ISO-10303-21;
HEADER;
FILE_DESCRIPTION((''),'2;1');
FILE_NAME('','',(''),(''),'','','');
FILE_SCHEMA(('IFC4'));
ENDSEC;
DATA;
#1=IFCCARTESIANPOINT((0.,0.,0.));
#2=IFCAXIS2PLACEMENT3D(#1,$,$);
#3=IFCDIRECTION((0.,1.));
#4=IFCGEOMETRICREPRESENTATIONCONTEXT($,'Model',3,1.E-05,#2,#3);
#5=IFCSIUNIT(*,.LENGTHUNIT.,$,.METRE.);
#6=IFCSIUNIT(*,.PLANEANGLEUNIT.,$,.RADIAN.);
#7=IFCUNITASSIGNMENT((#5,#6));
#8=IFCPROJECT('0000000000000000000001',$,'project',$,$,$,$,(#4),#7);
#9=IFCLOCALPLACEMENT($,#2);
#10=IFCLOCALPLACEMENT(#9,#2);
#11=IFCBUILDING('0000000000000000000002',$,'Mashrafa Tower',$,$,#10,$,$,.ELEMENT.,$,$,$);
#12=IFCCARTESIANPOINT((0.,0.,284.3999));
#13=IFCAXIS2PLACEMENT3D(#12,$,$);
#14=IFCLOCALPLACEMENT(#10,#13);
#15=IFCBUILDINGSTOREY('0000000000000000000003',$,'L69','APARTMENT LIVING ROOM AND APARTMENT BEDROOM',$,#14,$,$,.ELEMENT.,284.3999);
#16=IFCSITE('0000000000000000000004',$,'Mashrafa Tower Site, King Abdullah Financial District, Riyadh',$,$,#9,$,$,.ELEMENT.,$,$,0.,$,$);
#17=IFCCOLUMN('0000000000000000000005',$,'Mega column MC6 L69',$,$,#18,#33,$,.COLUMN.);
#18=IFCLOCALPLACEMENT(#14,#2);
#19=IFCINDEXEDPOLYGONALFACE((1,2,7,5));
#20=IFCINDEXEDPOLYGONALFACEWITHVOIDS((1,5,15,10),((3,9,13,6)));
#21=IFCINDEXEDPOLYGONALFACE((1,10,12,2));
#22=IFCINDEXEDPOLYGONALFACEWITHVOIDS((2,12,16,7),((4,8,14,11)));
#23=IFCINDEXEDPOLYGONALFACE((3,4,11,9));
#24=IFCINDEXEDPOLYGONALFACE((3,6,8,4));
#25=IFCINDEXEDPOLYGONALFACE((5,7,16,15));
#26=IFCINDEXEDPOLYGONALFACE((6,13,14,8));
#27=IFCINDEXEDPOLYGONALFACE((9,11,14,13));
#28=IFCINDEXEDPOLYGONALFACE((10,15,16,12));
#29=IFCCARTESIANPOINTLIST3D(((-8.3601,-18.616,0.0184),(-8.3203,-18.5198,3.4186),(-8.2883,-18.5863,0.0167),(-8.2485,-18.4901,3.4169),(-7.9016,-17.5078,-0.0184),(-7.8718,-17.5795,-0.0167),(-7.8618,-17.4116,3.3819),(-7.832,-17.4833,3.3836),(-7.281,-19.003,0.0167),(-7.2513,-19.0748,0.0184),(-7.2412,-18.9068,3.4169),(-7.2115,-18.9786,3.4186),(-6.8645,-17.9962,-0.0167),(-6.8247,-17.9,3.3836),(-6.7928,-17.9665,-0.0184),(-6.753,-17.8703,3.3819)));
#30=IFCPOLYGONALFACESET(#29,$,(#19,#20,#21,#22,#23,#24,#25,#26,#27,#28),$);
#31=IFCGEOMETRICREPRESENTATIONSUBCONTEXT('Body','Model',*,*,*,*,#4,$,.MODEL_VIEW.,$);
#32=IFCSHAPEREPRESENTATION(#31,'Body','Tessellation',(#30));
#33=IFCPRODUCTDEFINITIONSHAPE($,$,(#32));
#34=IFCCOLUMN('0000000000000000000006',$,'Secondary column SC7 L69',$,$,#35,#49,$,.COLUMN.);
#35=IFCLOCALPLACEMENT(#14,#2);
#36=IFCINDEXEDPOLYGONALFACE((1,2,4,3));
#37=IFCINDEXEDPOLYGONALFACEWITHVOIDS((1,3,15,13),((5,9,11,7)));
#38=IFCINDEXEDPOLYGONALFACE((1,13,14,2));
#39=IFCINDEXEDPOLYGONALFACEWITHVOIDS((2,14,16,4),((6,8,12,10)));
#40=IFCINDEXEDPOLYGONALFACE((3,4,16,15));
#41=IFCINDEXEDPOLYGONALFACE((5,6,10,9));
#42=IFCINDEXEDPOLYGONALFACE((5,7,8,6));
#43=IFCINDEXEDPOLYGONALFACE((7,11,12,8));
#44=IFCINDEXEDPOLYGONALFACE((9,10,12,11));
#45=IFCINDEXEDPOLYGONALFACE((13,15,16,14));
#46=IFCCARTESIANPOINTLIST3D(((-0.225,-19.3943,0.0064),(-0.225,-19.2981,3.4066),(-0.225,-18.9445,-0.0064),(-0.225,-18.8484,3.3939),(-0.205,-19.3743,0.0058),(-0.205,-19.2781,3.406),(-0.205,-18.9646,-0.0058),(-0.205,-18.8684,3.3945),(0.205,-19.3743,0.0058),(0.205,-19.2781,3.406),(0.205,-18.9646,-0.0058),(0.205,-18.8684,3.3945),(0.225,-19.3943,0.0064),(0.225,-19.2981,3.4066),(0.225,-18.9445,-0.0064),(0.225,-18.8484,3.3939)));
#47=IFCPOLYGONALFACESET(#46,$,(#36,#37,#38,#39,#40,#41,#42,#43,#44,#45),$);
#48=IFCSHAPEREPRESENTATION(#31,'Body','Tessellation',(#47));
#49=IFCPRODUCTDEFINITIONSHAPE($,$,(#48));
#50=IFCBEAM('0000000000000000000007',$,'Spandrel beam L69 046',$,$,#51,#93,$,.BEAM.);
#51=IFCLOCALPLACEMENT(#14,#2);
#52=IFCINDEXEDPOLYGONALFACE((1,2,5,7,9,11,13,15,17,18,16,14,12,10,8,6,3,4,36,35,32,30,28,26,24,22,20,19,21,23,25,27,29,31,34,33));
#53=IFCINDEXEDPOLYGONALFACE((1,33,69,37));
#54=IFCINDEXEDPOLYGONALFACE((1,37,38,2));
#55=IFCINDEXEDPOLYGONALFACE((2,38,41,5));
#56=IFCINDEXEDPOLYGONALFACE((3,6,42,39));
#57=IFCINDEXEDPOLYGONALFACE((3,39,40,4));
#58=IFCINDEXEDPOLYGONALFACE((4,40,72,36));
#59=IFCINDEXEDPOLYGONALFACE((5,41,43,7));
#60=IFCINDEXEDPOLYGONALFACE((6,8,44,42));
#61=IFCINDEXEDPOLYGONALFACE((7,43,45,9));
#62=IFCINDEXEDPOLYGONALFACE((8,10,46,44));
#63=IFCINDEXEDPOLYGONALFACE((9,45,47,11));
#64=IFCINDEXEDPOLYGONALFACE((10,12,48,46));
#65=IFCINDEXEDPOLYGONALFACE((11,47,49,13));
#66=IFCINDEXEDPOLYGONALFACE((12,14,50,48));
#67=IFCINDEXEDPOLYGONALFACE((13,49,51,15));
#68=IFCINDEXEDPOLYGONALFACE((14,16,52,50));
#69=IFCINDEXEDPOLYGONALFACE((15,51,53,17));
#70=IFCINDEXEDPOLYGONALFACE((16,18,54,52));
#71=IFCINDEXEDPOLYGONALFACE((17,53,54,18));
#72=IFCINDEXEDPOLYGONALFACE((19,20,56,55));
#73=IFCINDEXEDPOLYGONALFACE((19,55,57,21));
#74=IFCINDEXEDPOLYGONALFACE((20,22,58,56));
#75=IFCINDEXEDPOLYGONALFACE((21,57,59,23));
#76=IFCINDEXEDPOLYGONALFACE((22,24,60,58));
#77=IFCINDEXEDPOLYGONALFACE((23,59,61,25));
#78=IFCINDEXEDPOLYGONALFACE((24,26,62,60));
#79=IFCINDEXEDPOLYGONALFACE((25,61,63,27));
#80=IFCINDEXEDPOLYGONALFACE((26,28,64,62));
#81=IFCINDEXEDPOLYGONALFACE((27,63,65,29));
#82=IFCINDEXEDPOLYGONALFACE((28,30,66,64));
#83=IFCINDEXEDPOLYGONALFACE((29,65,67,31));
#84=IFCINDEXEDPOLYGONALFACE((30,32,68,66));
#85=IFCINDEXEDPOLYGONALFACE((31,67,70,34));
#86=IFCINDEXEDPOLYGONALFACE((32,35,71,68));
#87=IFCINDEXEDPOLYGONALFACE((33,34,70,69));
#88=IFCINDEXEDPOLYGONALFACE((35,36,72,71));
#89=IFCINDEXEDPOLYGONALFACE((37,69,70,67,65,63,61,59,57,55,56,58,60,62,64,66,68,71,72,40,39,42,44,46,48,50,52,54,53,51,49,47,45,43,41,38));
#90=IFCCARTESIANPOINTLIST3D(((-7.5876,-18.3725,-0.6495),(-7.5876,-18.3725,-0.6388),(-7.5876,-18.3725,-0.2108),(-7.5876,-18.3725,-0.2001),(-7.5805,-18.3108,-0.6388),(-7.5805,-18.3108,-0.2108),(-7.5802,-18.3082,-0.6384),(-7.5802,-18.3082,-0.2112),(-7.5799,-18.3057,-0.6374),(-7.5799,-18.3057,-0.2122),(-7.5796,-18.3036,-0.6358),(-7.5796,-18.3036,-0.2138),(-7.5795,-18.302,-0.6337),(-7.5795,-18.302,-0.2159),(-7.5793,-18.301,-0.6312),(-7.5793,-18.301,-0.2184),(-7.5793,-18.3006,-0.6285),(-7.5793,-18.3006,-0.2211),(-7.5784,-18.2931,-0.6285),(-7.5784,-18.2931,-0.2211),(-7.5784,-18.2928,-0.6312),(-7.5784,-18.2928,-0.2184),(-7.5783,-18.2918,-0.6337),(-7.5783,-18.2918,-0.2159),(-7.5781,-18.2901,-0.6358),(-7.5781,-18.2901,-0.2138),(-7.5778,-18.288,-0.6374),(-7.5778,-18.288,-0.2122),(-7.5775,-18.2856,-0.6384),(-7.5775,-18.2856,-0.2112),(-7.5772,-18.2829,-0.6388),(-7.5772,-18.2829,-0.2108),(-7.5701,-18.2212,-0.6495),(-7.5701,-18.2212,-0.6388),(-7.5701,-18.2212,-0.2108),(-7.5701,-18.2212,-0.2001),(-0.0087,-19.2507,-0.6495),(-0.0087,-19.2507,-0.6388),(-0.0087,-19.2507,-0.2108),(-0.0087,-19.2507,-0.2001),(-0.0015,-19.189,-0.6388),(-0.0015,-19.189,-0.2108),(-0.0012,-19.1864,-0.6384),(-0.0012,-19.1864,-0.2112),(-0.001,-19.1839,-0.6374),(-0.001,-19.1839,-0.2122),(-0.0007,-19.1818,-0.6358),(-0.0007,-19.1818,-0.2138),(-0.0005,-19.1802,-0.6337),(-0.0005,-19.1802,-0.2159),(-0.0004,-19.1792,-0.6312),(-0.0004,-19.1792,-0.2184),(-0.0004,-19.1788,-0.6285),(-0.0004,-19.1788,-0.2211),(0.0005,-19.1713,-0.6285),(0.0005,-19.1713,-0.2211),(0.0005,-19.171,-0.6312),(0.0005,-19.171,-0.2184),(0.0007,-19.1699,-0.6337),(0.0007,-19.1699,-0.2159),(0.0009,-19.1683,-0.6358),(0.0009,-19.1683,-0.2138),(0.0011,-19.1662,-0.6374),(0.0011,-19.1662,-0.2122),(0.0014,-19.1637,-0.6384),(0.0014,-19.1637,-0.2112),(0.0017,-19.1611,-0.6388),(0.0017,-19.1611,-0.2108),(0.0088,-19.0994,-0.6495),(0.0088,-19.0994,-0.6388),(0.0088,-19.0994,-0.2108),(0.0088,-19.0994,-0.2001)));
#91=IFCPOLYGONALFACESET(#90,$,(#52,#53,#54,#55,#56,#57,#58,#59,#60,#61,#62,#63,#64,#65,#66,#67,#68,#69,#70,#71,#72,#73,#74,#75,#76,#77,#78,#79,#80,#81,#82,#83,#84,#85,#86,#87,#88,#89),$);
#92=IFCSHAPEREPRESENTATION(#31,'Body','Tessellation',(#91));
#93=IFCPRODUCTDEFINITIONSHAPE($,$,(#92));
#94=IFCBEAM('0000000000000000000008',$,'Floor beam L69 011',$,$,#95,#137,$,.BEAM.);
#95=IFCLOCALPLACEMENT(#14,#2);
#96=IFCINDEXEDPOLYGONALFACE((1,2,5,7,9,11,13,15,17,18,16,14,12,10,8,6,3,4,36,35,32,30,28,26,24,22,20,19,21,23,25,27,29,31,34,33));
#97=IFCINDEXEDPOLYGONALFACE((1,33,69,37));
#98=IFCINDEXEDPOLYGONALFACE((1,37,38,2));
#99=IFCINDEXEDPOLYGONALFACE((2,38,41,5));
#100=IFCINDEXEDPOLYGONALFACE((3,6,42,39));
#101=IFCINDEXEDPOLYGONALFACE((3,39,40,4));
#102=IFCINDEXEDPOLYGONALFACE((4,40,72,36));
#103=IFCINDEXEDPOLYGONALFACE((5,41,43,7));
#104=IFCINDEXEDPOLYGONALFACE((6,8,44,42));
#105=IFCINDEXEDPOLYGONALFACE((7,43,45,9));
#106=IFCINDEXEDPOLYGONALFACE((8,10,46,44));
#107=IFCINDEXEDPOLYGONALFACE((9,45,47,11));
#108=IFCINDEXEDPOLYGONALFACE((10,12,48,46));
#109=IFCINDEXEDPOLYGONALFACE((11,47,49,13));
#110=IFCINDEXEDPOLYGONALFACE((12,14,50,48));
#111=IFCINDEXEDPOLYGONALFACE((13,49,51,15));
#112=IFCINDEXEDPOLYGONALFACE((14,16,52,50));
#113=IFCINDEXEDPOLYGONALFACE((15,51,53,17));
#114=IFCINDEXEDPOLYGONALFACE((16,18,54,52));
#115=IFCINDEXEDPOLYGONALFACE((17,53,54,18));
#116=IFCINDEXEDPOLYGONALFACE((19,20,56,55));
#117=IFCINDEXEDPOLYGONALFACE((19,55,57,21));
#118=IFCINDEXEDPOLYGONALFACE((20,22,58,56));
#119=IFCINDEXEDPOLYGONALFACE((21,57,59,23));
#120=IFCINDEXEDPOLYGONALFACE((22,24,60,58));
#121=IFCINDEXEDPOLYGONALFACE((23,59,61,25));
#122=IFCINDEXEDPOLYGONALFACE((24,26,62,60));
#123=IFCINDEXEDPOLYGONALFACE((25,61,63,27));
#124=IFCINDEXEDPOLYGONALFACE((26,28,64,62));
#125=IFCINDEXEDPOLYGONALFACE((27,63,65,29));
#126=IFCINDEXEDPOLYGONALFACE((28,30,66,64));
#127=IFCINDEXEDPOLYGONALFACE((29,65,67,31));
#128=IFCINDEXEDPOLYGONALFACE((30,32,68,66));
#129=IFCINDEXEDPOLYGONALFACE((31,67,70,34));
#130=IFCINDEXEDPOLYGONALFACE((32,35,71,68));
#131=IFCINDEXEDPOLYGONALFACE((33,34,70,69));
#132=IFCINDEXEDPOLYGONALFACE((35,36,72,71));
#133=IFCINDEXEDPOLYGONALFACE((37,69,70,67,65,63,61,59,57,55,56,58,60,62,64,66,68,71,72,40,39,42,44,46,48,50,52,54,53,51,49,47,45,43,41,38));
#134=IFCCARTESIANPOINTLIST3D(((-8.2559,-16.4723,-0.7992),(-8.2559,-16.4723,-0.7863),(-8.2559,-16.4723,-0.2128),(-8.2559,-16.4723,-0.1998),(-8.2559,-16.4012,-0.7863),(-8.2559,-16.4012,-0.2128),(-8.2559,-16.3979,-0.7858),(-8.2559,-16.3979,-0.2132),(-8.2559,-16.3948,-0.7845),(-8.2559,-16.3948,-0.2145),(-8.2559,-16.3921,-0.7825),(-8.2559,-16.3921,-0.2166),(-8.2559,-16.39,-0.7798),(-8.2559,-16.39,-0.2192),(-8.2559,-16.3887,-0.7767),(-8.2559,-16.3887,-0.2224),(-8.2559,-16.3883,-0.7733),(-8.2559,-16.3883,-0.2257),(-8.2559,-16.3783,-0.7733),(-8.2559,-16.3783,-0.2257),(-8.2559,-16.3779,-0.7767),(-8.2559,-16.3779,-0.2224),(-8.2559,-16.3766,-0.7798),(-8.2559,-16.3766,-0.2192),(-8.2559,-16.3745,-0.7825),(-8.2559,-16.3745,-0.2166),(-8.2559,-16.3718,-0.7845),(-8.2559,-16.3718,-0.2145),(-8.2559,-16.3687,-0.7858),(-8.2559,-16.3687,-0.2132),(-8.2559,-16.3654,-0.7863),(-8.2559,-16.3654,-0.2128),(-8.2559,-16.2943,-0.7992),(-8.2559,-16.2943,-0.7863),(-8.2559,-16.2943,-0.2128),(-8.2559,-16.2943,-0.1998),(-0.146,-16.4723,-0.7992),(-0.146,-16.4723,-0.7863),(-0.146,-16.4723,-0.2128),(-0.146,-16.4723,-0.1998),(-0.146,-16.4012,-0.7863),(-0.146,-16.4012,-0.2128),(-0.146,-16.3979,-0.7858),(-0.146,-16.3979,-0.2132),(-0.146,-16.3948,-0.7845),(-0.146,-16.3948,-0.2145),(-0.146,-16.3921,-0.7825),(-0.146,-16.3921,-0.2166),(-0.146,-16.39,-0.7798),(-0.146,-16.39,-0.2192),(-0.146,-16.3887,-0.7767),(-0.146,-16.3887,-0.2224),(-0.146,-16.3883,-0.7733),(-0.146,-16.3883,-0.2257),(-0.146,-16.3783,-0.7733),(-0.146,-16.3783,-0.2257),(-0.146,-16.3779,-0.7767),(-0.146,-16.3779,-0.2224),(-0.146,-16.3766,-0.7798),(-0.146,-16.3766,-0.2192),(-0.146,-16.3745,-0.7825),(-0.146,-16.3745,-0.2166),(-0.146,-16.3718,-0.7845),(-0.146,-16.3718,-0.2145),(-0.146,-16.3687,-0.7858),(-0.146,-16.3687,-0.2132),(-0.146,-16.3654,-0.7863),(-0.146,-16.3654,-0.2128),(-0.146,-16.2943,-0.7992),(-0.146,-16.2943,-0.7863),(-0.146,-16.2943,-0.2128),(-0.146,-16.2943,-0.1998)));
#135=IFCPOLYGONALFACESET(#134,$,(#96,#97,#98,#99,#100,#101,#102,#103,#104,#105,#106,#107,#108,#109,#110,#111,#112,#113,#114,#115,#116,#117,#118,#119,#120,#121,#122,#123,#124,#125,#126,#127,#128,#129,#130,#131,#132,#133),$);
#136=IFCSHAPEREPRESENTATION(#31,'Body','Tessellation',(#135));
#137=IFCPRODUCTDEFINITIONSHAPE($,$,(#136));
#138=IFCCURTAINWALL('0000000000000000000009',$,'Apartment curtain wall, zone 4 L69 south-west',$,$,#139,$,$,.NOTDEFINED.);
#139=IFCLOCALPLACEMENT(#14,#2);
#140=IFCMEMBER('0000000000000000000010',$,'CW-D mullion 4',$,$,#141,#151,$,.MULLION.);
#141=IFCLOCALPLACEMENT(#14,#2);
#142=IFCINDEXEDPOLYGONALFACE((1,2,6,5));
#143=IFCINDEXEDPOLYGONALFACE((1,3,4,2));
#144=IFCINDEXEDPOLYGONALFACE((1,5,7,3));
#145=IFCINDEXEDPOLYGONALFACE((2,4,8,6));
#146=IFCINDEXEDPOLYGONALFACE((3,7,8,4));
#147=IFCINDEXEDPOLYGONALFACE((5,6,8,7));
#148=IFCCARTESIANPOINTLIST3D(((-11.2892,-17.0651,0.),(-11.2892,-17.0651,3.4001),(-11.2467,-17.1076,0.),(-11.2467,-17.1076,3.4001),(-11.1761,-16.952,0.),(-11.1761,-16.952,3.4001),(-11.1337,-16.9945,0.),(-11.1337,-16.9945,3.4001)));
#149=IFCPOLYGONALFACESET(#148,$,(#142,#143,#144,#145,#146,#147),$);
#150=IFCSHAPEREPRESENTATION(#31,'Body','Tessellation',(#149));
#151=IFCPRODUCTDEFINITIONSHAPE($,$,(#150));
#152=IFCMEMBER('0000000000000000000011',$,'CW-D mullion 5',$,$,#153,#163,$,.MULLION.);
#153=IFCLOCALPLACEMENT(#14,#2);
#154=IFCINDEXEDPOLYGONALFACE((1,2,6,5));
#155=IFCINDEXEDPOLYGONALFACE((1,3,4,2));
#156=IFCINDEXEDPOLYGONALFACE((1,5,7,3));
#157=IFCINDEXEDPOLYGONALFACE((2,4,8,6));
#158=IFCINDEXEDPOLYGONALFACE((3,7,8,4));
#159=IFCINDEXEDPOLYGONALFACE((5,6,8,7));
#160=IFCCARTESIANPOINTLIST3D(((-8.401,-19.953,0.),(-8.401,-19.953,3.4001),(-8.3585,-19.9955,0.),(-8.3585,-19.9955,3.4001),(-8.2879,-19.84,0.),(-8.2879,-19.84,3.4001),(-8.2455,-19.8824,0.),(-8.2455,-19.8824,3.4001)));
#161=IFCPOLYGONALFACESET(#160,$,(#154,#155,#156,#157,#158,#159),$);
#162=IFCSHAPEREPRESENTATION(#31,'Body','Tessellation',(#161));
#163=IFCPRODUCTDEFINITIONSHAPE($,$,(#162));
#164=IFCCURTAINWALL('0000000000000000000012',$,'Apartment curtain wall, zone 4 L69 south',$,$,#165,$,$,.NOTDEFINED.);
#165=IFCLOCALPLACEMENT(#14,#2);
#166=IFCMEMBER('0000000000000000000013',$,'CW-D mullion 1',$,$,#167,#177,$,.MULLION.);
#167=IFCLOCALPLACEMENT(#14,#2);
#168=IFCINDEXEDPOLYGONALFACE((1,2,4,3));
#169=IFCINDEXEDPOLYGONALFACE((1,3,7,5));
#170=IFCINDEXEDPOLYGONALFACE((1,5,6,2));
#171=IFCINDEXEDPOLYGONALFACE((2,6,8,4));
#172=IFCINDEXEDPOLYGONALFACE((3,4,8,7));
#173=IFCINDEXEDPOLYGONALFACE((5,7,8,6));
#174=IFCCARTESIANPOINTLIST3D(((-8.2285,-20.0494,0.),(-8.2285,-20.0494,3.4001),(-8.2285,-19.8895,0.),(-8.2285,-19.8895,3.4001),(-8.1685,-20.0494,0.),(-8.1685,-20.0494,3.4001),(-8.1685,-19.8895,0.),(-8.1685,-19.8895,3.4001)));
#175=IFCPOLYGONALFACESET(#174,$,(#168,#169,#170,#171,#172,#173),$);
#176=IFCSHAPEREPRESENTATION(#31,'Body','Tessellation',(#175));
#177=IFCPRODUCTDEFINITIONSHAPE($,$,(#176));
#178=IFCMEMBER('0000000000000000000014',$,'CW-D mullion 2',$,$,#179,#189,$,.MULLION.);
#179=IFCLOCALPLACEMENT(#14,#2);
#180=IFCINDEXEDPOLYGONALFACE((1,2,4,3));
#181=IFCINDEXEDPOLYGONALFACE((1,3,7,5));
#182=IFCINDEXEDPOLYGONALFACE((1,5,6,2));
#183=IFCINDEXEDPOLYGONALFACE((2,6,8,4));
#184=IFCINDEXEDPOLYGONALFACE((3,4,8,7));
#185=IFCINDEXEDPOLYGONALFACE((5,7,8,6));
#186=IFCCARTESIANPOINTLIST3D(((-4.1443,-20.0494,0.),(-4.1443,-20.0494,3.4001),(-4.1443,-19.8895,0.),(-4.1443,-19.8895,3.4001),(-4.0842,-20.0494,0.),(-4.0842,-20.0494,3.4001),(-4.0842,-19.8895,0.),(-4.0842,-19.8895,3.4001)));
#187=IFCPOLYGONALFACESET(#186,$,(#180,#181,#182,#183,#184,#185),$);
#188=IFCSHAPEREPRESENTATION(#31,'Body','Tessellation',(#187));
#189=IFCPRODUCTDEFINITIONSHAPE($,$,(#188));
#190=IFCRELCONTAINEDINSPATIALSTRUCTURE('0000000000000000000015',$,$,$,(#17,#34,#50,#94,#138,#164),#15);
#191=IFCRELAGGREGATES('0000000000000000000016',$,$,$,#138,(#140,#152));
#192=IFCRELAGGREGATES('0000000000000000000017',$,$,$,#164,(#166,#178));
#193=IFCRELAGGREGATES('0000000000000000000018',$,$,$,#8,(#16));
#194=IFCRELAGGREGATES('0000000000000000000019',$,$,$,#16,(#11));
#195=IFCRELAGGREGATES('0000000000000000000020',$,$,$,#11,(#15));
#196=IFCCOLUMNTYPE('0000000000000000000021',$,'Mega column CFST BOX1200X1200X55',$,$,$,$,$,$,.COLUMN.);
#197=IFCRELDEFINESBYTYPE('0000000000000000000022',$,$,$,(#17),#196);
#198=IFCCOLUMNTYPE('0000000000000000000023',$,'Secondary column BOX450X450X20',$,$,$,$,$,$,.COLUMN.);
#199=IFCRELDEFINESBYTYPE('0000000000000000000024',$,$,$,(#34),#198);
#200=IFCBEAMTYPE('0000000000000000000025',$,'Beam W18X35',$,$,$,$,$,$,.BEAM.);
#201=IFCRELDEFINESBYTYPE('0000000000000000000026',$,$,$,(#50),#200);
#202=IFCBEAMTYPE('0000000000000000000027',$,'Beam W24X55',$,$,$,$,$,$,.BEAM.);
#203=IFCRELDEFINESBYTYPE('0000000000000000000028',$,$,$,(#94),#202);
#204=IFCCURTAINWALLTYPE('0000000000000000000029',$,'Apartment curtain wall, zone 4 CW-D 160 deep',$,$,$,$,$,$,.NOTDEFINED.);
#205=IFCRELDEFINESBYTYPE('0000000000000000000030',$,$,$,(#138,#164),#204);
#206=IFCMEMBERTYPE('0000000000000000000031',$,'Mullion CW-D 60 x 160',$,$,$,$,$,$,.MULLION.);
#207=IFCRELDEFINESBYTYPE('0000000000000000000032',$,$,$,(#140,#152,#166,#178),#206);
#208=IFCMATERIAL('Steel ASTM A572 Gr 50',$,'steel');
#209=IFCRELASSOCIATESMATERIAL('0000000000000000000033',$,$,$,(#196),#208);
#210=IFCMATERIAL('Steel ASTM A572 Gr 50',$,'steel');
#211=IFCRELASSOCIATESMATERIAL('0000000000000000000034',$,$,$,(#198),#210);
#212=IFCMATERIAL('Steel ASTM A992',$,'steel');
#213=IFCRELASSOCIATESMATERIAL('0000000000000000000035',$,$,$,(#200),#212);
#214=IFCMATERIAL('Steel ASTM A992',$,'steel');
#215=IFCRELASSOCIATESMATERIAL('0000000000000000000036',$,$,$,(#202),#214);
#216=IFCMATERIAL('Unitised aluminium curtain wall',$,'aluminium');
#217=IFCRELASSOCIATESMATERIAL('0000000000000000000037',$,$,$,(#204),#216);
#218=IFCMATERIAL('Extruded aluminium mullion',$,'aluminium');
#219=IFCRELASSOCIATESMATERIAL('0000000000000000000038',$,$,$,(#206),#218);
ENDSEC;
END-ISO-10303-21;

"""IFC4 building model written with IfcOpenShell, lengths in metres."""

from ifc_helpers import new_model, si_unit, direction, frame, origin, origin_2d, place, context, subcontext, project, spatial, rectangle, hollow_rectangle, i_section, extrude, source, transform, mapped, material, material_profile, profile_set, type_object, type_shapes, element, aggregate, save


model = new_model("IFC4")

# Units and contexts
model_context = context("Model", 3, precision=1e-05, world=origin(), true_north=direction((0.0, 1.0)))
body_context = subcontext(model_context, "Body", "Model", "MODEL_VIEW")
ifc_project = project(units=[si_unit("LENGTHUNIT", "METRE"), si_unit("PLANEANGLEUNIT", "RADIAN")], contexts=[model_context])

# Site, building, storey
site_placement = place(None, origin())
site = spatial("IfcSite", under=ifc_project, at=site_placement, Name="Mashrafa Tower Site, King Abdullah Financial District, Riyadh", CompositionType="ELEMENT", RefElevation=0.0)
building_placement = place(site_placement, origin())
building = spatial("IfcBuilding", under=site, at=building_placement, Name="Mashrafa Tower", CompositionType="ELEMENT")
storey_placement = place(building_placement, frame((0.0, 0.0, 284.3999)))
storey = spatial("IfcBuildingStorey", under=building, at=storey_placement, Name="L69", Description="APARTMENT LIVING ROOM AND APARTMENT BEDROOM", CompositionType="ELEMENT", Elevation=284.3999)

# Columns
ifc_material_1 = material(Name="Steel ASTM A572 Gr 50", Category="steel")
ifc_material_profile_1 = material_profile(ifc_material_1, hollow_rectangle(XDim=1.2, YDim=1.2, WallThickness=0.0549, at=origin_2d()), Name="BOX1200X1200X55")
ifc_profile_set_1 = profile_set([ifc_material_profile_1], Name="Steel ASTM A572 Gr 50")
column_type_1 = type_object("IfcColumnType", Name="Mega column CFST BOX1200X1200X55", PredefinedType="COLUMN", material=ifc_profile_set_1)
column_1_placement = place(storey_placement, frame((-7.5764, -18.2913, 0.0), z_axis=(0.011698, 0.028277, 0.999532), x_axis=(-0.924045, 0.382283, 0.0)))
element("IfcColumn", 1, at=column_1_placement, inside=storey, type_object=column_type_1, Name="Mega column MC6 L69", PredefinedType="COLUMN", context=body_context, shape_type="SweptSolid", body=[
    extrude(hollow_rectangle(XDim=1.2, YDim=1.2, WallThickness=0.0549, at=origin_2d()), origin(), (0.0, 0.0, 1.0), 3.4019),
])
ifc_material_2 = material(Name="Steel ASTM A572 Gr 50", Category="steel")
ifc_material_profile_2 = material_profile(ifc_material_2, hollow_rectangle(XDim=0.45, YDim=0.45, WallThickness=0.02, at=origin_2d()), Name="BOX450X450X20")
ifc_profile_set_2 = profile_set([ifc_material_profile_2], Name="Steel ASTM A572 Gr 50")
column_type_2 = type_object("IfcColumnType", Name="Secondary column BOX450X450X20", PredefinedType="COLUMN", material=ifc_profile_set_2)
column_2_placement = place(storey_placement, frame((0.0, -19.1694, 0.0), z_axis=(0.0, 0.028279, 0.9996), x_axis=(-1.0, 0.0, 0.0)))
element("IfcColumn", 2, at=column_2_placement, inside=storey, type_object=column_type_2, Name="Secondary column SC7 L69", PredefinedType="COLUMN", context=body_context, shape_type="SweptSolid", body=[
    extrude(hollow_rectangle(XDim=0.45, YDim=0.45, WallThickness=0.02, at=origin_2d()), origin(), (0.0, 0.0, 1.0), 3.4016),
])

# Beams
ifc_material_3 = material(Name="Steel ASTM A992", Category="steel")
ifc_material_profile_3 = material_profile(ifc_material_3, i_section(OverallWidth=0.1523, OverallDepth=0.4495, WebThickness=0.0076, FlangeThickness=0.0107, FilletRadius=0.0103, at=origin_2d()), Name="W18X35")
ifc_profile_set_3 = profile_set([ifc_material_profile_3], Name="Steel ASTM A992")
beam_type_1 = type_object("IfcBeamType", Name="Beam W18X35", PredefinedType="BEAM", material=ifc_profile_set_3)
beam_1_placement = place(storey_placement, frame((-7.5789, -18.2969, -0.4248), z_axis=(0.993354, -0.115101, 0.0), x_axis=(0.115101, 0.993354, 0.0)))
element("IfcBeam", 3, at=beam_1_placement, inside=storey, type_object=beam_type_1, Name="Spandrel beam L69 046", PredefinedType="BEAM", context=body_context, shape_type="SweptSolid", body=[
    extrude(i_section(OverallWidth=0.1523, OverallDepth=0.4495, WebThickness=0.0076, FlangeThickness=0.0107, FilletRadius=0.0103, at=origin_2d()), origin(), (0.0, 0.0, 1.0), 7.6296),
])
ifc_material_4 = material(Name="Steel ASTM A992", Category="steel")
ifc_material_profile_4 = material_profile(ifc_material_4, i_section(OverallWidth=0.178, OverallDepth=0.5994, WebThickness=0.01, FlangeThickness=0.0129, FilletRadius=0.0129, at=origin_2d()), Name="W24X55")
ifc_profile_set_4 = profile_set([ifc_material_profile_4], Name="Steel ASTM A992")
beam_type_2 = type_object("IfcBeamType", Name="Beam W24X55", PredefinedType="BEAM", material=ifc_profile_set_4)
beam_2_placement = place(storey_placement, frame((-0.146, -16.3833, -0.4995), z_axis=(-1.0, 0.0, 0.0), x_axis=(0.0, -1.0, 0.0)))
element("IfcBeam", 4, at=beam_2_placement, inside=storey, type_object=beam_type_2, Name="Floor beam L69 011", PredefinedType="BEAM", context=body_context, shape_type="SweptSolid", body=[
    extrude(i_section(OverallWidth=0.178, OverallDepth=0.5994, WebThickness=0.01, FlangeThickness=0.0129, FilletRadius=0.0129, at=origin_2d()), origin(), (0.0, 0.0, 1.0), 8.1099),
])

# Curtain walls, members
ifc_material_5 = material(Name="Unitised aluminium curtain wall", Category="aluminium")
curtain_wall_type = type_object("IfcCurtainWallType", Name="Apartment curtain wall, zone 4 CW-D 160 deep", PredefinedType="NOTDEFINED", material=ifc_material_5)
curtain_wall_1_placement = place(storey_placement, origin())
curtain_wall_1 = element("IfcCurtainWall", 5, at=curtain_wall_1_placement, inside=storey, type_object=curtain_wall_type, Name="Apartment curtain wall, zone 4 L69 south-west", PredefinedType="NOTDEFINED")
ifc_material_6 = material(Name="Extruded aluminium mullion", Category="aluminium")
ifc_material_profile_5 = material_profile(ifc_material_6, rectangle(XDim=0.1599, YDim=0.0601, at=origin_2d()), Name="Mullion 60x160")
ifc_profile_set_5 = profile_set([ifc_material_profile_5], Name="Extruded aluminium mullion")
member_type_1 = type_object("IfcMemberType", Name="Mullion CW-D 60 x 160", PredefinedType="MULLION", material=ifc_profile_set_5)
shared_shape_1 = source(origin(), body_context, "Body", "SweptSolid", [
    extrude(rectangle(XDim=0.1599, YDim=0.0601, at=origin_2d()), origin(), (0.0, 0.0, 1.0), 3.4001),
])
type_shapes(member_type_1, [shared_shape_1])
member_1_placement = place(storey_placement, frame((-11.2114, -17.0298, 0.0), z_axis=(0.0, 0.0, 1.0), x_axis=(0.707107, 0.707107, 0.0)))
member_1 = element("IfcMember", 6, at=member_1_placement, type_object=member_type_1, Name="CW-D mullion 4", PredefinedType="MULLION", context=body_context, shape_type="MappedRepresentation", body=[
    mapped(shared_shape_1, transform((0.0, 0.0, 0.0))),
])
member_2_placement = place(storey_placement, frame((-8.3232, -19.9177, 0.0), z_axis=(0.0, 0.0, 1.0), x_axis=(0.707107, 0.707107, 0.0)))
member_2 = element("IfcMember", 7, at=member_2_placement, type_object=member_type_1, Name="CW-D mullion 5", PredefinedType="MULLION", context=body_context, shape_type="MappedRepresentation", body=[
    mapped(shared_shape_1, transform((0.0, 0.0, 0.0))),
])
curtain_wall_2_placement = place(storey_placement, origin())
curtain_wall_2 = element("IfcCurtainWall", 8, at=curtain_wall_2_placement, inside=storey, type_object=curtain_wall_type, Name="Apartment curtain wall, zone 4 L69 south", PredefinedType="NOTDEFINED")
member_3_placement = place(storey_placement, frame((-8.1985, -19.9695, 0.0), z_axis=(0.0, 0.0, 1.0), x_axis=(0.0, 1.0, 0.0)))
member_3 = element("IfcMember", 9, at=member_3_placement, type_object=member_type_1, Name="CW-D mullion 1", PredefinedType="MULLION", context=body_context, shape_type="MappedRepresentation", body=[
    mapped(shared_shape_1, transform((0.0, 0.0, 0.0))),
])
member_4_placement = place(storey_placement, frame((-4.1143, -19.9695, 0.0), z_axis=(0.0, 0.0, 1.0), x_axis=(0.0, 1.0, 0.0)))
member_4 = element("IfcMember", 10, at=member_4_placement, type_object=member_type_1, Name="CW-D mullion 2", PredefinedType="MULLION", context=body_context, shape_type="MappedRepresentation", body=[
    mapped(shared_shape_1, transform((0.0, 0.0, 0.0))),
])

aggregate(curtain_wall_1, [member_1, member_2])
aggregate(curtain_wall_2, [member_3, member_4])

save(model, "model.ifc")
